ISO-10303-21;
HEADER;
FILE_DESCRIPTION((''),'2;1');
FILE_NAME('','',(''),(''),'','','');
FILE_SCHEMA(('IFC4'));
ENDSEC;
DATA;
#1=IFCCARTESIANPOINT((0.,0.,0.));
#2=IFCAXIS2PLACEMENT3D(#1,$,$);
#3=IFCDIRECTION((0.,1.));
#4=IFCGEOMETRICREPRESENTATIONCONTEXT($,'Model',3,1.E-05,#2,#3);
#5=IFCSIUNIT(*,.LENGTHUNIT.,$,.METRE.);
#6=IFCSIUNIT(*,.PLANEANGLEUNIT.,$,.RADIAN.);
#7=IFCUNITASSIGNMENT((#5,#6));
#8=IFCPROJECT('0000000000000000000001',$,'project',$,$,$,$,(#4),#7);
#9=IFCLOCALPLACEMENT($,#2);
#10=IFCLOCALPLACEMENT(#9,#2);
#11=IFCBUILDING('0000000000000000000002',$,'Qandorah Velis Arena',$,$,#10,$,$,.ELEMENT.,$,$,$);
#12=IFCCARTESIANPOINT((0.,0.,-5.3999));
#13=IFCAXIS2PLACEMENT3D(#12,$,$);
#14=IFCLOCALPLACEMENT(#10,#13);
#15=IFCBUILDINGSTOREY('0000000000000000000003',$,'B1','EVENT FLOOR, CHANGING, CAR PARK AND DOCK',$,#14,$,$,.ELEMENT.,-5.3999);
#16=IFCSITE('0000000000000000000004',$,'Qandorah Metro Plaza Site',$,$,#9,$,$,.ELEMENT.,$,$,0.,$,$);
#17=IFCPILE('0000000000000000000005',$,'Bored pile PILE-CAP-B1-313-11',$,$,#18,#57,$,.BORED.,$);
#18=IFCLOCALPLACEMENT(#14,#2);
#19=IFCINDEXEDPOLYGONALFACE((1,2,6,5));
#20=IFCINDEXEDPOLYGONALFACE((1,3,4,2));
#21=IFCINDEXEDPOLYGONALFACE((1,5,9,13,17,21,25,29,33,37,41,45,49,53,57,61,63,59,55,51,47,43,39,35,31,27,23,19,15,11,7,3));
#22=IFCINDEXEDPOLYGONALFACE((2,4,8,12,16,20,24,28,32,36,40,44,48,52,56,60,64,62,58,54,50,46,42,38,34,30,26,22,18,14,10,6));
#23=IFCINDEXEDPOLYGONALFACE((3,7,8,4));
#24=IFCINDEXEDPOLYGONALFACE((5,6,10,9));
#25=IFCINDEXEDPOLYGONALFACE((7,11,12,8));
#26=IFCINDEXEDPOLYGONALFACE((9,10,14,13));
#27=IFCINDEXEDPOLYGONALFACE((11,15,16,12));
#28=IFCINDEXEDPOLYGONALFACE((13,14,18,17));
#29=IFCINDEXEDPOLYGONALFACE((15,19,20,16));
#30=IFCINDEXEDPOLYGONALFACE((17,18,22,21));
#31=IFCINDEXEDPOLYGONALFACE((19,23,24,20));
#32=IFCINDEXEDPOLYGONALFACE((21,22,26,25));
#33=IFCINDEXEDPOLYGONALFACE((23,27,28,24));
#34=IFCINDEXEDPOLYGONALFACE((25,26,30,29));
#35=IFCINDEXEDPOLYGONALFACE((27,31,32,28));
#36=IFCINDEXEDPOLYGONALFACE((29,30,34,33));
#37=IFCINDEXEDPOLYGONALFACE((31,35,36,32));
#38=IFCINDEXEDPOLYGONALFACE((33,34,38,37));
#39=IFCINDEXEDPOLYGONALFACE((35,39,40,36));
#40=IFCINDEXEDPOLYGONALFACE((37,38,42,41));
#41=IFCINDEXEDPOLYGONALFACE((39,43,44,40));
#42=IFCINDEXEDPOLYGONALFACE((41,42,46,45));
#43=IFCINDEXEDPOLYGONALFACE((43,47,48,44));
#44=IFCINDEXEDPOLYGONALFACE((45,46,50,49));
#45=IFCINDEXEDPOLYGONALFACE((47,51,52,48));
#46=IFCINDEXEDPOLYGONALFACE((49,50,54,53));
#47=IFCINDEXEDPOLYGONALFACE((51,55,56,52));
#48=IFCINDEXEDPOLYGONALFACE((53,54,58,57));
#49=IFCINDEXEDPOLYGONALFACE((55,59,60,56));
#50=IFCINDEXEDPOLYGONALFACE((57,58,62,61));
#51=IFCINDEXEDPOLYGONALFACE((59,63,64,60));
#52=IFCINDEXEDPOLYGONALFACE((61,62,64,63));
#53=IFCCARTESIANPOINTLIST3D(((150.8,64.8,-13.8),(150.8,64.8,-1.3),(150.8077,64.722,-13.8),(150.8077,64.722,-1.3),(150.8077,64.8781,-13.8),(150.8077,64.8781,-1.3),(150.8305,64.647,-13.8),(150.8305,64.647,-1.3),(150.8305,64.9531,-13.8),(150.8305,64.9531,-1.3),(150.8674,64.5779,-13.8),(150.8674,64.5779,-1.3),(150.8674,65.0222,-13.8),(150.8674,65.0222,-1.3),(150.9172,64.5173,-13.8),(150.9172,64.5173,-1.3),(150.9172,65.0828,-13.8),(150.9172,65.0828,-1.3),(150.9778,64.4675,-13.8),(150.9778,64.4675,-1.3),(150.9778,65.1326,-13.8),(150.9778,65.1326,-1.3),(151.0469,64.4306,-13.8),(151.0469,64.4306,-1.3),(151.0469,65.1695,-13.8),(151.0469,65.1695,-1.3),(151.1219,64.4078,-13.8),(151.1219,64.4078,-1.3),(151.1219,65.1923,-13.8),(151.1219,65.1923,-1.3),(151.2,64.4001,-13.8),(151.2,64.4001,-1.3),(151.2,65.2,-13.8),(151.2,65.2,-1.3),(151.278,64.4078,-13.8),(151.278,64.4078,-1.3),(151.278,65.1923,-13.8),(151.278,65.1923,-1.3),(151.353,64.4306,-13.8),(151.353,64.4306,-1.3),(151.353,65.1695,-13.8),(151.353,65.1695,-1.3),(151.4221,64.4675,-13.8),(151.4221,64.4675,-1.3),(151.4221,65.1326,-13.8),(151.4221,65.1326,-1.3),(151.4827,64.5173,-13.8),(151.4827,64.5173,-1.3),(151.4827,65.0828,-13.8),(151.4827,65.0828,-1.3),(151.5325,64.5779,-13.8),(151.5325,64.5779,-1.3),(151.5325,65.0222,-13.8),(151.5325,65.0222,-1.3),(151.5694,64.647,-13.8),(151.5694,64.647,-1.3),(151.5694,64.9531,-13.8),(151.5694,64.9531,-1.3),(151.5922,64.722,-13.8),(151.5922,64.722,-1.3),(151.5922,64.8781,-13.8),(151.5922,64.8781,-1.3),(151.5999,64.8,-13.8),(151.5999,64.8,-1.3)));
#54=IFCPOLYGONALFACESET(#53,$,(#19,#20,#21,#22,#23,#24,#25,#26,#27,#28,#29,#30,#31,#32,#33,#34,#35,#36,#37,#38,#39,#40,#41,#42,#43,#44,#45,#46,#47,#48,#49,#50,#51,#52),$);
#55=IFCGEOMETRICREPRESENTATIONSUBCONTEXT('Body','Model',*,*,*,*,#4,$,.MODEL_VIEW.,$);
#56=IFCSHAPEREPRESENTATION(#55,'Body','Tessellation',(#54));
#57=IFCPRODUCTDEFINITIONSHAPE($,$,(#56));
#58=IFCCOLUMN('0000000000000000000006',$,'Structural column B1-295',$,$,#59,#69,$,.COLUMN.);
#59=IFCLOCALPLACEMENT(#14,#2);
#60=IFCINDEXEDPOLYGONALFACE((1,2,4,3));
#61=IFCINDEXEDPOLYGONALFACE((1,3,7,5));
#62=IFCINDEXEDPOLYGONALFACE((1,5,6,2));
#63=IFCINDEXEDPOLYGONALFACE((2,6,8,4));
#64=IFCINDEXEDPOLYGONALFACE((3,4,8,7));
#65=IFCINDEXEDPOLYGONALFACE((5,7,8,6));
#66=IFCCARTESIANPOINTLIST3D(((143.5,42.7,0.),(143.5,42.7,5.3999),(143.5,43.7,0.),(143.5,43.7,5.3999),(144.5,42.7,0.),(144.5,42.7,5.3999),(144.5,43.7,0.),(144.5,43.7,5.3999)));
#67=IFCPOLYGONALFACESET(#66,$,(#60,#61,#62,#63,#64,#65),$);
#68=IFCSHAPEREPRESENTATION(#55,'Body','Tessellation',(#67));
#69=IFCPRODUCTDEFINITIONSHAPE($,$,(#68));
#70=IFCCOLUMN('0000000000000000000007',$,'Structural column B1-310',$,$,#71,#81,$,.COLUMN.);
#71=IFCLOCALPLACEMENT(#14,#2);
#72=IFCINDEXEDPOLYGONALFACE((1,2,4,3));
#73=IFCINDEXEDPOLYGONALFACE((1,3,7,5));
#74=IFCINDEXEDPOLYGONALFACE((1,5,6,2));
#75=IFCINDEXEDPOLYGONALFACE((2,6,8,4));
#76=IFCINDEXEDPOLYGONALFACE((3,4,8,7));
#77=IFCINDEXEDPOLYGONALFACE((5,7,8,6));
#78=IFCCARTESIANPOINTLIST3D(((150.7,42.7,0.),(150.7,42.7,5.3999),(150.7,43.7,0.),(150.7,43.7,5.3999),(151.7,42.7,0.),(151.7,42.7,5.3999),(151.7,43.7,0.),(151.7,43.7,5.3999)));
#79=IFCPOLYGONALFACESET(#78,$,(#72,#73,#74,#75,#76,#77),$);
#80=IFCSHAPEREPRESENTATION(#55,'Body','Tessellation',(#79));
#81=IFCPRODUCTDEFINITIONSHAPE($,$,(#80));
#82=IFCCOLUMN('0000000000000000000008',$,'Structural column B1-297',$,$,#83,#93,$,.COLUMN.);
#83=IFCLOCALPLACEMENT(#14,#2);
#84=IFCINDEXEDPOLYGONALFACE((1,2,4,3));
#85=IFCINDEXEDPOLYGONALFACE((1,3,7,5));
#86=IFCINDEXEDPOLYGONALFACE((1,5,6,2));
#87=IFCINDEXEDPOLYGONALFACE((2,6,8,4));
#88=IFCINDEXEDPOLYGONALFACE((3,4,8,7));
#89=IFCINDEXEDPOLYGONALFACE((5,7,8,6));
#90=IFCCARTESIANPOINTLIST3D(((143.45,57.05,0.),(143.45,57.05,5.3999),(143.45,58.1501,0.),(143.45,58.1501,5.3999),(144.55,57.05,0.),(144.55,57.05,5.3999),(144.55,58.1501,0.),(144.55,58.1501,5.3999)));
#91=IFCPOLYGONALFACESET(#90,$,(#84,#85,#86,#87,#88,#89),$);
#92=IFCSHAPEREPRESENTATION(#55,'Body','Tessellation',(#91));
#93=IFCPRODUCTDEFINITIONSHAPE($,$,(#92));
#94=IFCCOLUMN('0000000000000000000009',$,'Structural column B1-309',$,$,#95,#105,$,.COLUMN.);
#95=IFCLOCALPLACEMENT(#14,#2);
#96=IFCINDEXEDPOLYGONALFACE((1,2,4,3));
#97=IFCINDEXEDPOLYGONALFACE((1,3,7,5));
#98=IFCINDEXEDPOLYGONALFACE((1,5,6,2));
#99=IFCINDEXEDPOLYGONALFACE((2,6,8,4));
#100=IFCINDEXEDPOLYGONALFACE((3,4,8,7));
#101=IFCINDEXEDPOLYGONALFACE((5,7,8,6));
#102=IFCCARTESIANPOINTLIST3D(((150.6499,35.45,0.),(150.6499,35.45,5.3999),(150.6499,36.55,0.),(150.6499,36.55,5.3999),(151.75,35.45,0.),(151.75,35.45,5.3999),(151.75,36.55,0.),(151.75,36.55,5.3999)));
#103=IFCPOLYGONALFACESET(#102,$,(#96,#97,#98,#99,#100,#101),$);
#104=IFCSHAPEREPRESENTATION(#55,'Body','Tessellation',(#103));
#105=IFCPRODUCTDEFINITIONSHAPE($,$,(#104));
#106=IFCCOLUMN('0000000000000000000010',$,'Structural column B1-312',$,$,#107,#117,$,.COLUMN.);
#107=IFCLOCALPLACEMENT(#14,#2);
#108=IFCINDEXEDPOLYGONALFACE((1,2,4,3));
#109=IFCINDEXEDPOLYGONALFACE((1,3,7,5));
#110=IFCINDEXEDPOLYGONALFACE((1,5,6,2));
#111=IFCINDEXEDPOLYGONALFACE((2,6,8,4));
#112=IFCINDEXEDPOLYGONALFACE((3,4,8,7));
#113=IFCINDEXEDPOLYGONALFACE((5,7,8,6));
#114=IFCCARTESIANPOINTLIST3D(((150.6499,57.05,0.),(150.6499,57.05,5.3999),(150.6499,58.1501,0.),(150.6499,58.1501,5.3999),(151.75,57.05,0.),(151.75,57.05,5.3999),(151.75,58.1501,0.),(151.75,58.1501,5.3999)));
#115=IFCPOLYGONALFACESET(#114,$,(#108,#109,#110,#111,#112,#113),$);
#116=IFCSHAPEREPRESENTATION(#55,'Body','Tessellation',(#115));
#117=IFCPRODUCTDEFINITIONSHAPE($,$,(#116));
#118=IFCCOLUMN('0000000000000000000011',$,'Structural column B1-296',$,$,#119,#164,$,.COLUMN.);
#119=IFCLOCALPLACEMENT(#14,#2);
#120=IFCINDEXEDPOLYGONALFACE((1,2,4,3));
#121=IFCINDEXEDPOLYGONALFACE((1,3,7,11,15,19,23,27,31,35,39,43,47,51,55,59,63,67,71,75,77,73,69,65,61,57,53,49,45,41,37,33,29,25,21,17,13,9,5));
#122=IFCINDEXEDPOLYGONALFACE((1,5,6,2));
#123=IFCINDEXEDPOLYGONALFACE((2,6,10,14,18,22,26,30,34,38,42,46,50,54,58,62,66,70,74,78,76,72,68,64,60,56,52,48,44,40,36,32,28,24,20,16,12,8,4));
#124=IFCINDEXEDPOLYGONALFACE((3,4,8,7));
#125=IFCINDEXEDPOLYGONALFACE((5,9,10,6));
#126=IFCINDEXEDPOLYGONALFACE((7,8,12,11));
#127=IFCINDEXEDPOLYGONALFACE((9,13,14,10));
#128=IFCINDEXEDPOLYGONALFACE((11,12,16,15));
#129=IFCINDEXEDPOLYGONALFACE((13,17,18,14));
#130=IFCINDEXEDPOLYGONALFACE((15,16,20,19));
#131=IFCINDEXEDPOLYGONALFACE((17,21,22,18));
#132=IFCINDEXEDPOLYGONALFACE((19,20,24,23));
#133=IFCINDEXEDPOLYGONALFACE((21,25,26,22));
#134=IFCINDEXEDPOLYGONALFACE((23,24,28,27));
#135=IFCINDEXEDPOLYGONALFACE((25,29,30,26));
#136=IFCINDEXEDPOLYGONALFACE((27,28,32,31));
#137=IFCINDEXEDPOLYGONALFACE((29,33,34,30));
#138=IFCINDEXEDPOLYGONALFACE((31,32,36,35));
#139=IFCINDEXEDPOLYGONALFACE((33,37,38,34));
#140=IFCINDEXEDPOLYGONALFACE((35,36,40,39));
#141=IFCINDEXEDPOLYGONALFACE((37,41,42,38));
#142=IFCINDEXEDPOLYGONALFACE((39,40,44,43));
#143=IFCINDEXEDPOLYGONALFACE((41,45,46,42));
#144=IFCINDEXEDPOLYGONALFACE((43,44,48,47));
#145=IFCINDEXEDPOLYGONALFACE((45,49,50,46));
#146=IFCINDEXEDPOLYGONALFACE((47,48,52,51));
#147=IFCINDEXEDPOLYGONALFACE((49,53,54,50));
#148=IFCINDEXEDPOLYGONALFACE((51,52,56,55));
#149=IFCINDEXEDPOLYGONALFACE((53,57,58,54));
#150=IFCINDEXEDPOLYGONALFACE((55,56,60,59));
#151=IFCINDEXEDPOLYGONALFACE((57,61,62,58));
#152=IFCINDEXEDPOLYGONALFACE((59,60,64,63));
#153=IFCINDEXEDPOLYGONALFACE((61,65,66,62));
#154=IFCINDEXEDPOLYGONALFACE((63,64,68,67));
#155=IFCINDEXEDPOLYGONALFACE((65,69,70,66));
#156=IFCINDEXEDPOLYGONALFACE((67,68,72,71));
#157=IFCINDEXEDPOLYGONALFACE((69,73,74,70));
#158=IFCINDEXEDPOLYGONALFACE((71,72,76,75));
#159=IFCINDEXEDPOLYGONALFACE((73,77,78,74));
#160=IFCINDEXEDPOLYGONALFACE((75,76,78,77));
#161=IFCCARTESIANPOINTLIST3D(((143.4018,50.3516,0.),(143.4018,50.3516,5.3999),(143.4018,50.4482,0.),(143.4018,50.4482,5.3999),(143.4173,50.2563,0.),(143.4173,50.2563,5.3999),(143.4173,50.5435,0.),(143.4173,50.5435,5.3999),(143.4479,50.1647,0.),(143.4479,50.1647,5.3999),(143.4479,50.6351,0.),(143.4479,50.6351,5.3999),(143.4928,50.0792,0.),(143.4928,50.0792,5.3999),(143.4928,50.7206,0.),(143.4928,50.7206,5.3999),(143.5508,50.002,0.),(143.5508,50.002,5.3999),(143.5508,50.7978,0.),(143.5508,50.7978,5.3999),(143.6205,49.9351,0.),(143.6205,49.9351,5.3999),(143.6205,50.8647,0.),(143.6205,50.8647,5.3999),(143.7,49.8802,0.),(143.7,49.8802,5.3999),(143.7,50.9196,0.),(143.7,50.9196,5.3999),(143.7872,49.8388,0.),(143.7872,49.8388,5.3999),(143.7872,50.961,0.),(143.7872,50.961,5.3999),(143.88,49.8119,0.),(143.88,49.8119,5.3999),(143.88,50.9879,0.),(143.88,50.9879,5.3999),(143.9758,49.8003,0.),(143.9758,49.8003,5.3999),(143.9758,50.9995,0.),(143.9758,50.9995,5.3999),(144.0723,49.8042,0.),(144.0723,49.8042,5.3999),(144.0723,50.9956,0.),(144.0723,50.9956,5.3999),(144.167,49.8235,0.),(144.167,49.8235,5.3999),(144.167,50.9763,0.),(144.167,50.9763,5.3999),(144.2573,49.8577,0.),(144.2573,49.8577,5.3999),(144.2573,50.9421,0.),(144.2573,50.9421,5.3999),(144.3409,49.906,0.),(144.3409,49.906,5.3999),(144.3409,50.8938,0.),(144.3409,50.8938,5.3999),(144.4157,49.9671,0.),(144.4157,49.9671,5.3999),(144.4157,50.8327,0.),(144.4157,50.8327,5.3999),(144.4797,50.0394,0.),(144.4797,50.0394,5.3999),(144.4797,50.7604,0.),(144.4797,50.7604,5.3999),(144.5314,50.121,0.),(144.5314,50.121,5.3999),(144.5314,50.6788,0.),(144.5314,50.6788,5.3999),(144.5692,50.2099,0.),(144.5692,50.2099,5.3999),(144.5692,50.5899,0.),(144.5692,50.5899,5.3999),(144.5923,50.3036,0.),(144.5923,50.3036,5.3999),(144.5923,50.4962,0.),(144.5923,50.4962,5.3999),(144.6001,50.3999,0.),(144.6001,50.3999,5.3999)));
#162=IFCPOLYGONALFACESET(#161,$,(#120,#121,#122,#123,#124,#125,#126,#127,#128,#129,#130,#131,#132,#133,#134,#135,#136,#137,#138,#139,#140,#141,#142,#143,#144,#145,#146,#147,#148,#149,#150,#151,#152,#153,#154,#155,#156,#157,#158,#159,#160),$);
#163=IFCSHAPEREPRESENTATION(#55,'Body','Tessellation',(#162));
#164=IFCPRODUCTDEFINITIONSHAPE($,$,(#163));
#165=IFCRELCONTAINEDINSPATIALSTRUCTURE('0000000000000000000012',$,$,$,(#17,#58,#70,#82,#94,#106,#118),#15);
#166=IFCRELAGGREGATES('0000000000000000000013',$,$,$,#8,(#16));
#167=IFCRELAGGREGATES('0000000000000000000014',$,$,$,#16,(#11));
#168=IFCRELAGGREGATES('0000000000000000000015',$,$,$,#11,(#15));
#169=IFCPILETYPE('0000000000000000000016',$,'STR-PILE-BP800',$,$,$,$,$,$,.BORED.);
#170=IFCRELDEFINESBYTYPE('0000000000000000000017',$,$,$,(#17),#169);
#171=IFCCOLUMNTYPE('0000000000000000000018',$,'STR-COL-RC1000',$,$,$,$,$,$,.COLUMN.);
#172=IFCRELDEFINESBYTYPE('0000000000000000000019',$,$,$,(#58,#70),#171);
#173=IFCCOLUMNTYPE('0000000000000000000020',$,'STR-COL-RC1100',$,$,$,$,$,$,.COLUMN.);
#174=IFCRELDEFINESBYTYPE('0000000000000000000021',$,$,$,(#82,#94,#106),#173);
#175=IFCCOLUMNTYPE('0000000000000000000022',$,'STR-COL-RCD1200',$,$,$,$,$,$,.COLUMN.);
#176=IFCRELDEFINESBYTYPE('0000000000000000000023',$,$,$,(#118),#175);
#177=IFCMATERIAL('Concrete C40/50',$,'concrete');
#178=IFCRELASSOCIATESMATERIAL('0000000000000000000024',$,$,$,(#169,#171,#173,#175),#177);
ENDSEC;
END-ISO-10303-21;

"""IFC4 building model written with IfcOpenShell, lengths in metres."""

from ifc_helpers import new_model, si_unit, direction, frame, origin, origin_2d, place, context, subcontext, project, spatial, rectangle, circle, extrude, material, material_profile, profile_set, type_object, element, save


model = new_model("IFC4")

# Units and contexts
model_context = context("Model", 3, precision=1e-05, world=origin(), true_north=direction((0.0, 1.0)))
body_context = subcontext(model_context, "Body", "Model", "MODEL_VIEW")
ifc_project = project(units=[si_unit("LENGTHUNIT", "METRE"), si_unit("PLANEANGLEUNIT", "RADIAN")], contexts=[model_context])

# Site, building, storey
site_placement = place(None, origin())
site = spatial("IfcSite", under=ifc_project, at=site_placement, Name="Qandorah Metro Plaza Site", CompositionType="ELEMENT", RefElevation=0.0)
building_placement = place(site_placement, origin())
building = spatial("IfcBuilding", under=site, at=building_placement, Name="Qandorah Velis Arena", CompositionType="ELEMENT")
storey_placement = place(building_placement, frame((0.0, 0.0, -5.3999)))
storey = spatial("IfcBuildingStorey", under=building, at=storey_placement, Name="B1", Description="EVENT FLOOR, CHANGING, CAR PARK AND DOCK", CompositionType="ELEMENT", Elevation=-5.3999)

# Shared definitions
ifc_material_1 = material(Name="Concrete C40/50", Category="concrete")

# Pile
ifc_material_profile_1 = material_profile(ifc_material_1, circle(Radius=0.3999, at=origin_2d()), Name="BORED PILE D800")
ifc_profile_set_1 = profile_set([ifc_material_profile_1], Name="Concrete C40/50")
pile_type_1 = type_object("IfcPileType", Name="STR-PILE-BP800", PredefinedType="BORED", material=ifc_profile_set_1)
pile_1_placement = place(storey_placement, frame((151.2, 64.8, -1.3), z_axis=(0.0, 0.0, -1.0), x_axis=(1.0, 0.0, 0.0)))
element("IfcPile", 1, at=pile_1_placement, inside=storey, type_object=pile_type_1, Name="Bored pile PILE-CAP-B1-313-11", PredefinedType="BORED", context=body_context, shape_type="SweptSolid", body=[
    extrude(circle(Radius=0.3999, at=origin_2d()), origin(), (0.0, 0.0, 1.0), 12.5),
])

# Columns
ifc_material_profile_2 = material_profile(ifc_material_1, rectangle(XDim=1.0, YDim=1.0, at=origin_2d()), Name="RC COL 1000x1000")
ifc_profile_set_2 = profile_set([ifc_material_profile_2], Name="Concrete C40/50")
column_type_1 = type_object("IfcColumnType", Name="STR-COL-RC1000", PredefinedType="COLUMN", material=ifc_profile_set_2)
for number, where, z_axis, x_axis, name in (
    (2, (144.0, 43.2, 0.0), (0.0, 0.0, 1.0), (1.0, 0.0, 0.0), "Structural column B1-295"),
    (3, (151.2, 43.2, 0.0), (0.0, 0.0, 1.0), (1.0, 0.0, 0.0), "Structural column B1-310"),
):
    element("IfcColumn", number, at=place(storey_placement, frame(where, z_axis=z_axis, x_axis=x_axis)), inside=storey, type_object=column_type_1, Name=name, PredefinedType="COLUMN", context=body_context, shape_type="SweptSolid", body=[
        extrude(rectangle(XDim=1.0, YDim=1.0, at=origin_2d()), origin(), (0.0, 0.0, 1.0), 5.3999),
    ])
ifc_material_profile_3 = material_profile(ifc_material_1, rectangle(XDim=1.1001, YDim=1.1001, at=origin_2d()), Name="RC COL 1100x1100")
ifc_profile_set_3 = profile_set([ifc_material_profile_3], Name="Concrete C40/50")
column_type_2 = type_object("IfcColumnType", Name="STR-COL-RC1100", PredefinedType="COLUMN", material=ifc_profile_set_3)
for number, where, z_axis, x_axis, name in (
    (4, (144.0, 57.6001, 0.0), (0.0, 0.0, 1.0), (1.0, 0.0, 0.0), "Structural column B1-297"),
    (5, (151.2, 36.0, 0.0), (0.0, 0.0, 1.0), (1.0, 0.0, 0.0), "Structural column B1-309"),
    (6, (151.2, 57.6001, 0.0), (0.0, 0.0, 1.0), (1.0, 0.0, 0.0), "Structural column B1-312"),
):
    element("IfcColumn", number, at=place(storey_placement, frame(where, z_axis=z_axis, x_axis=x_axis)), inside=storey, type_object=column_type_2, Name=name, PredefinedType="COLUMN", context=body_context, shape_type="SweptSolid", body=[
        extrude(rectangle(XDim=1.1001, YDim=1.1001, at=origin_2d()), origin(), (0.0, 0.0, 1.0), 5.3999),
    ])
ifc_material_profile_4 = material_profile(ifc_material_1, circle(Radius=0.6001, at=origin_2d()), Name="RC D1200")
ifc_profile_set_4 = profile_set([ifc_material_profile_4], Name="Concrete C40/50")
column_type_3 = type_object("IfcColumnType", Name="STR-COL-RCD1200", PredefinedType="COLUMN", material=ifc_profile_set_4)
for number, where, z_axis, x_axis, name in (
    (7, (144.0, 50.3999, 0.0), (0.0, 0.0, 1.0), (1.0, 0.0, 0.0), "Structural column B1-296"),
):
    element("IfcColumn", number, at=place(storey_placement, frame(where, z_axis=z_axis, x_axis=x_axis)), inside=storey, type_object=column_type_3, Name=name, PredefinedType="COLUMN", context=body_context, shape_type="SweptSolid", body=[
        extrude(circle(Radius=0.6001, at=origin_2d()), origin(), (0.0, 0.0, 1.0), 5.3999),
    ])

save(model, "model.ifc")
